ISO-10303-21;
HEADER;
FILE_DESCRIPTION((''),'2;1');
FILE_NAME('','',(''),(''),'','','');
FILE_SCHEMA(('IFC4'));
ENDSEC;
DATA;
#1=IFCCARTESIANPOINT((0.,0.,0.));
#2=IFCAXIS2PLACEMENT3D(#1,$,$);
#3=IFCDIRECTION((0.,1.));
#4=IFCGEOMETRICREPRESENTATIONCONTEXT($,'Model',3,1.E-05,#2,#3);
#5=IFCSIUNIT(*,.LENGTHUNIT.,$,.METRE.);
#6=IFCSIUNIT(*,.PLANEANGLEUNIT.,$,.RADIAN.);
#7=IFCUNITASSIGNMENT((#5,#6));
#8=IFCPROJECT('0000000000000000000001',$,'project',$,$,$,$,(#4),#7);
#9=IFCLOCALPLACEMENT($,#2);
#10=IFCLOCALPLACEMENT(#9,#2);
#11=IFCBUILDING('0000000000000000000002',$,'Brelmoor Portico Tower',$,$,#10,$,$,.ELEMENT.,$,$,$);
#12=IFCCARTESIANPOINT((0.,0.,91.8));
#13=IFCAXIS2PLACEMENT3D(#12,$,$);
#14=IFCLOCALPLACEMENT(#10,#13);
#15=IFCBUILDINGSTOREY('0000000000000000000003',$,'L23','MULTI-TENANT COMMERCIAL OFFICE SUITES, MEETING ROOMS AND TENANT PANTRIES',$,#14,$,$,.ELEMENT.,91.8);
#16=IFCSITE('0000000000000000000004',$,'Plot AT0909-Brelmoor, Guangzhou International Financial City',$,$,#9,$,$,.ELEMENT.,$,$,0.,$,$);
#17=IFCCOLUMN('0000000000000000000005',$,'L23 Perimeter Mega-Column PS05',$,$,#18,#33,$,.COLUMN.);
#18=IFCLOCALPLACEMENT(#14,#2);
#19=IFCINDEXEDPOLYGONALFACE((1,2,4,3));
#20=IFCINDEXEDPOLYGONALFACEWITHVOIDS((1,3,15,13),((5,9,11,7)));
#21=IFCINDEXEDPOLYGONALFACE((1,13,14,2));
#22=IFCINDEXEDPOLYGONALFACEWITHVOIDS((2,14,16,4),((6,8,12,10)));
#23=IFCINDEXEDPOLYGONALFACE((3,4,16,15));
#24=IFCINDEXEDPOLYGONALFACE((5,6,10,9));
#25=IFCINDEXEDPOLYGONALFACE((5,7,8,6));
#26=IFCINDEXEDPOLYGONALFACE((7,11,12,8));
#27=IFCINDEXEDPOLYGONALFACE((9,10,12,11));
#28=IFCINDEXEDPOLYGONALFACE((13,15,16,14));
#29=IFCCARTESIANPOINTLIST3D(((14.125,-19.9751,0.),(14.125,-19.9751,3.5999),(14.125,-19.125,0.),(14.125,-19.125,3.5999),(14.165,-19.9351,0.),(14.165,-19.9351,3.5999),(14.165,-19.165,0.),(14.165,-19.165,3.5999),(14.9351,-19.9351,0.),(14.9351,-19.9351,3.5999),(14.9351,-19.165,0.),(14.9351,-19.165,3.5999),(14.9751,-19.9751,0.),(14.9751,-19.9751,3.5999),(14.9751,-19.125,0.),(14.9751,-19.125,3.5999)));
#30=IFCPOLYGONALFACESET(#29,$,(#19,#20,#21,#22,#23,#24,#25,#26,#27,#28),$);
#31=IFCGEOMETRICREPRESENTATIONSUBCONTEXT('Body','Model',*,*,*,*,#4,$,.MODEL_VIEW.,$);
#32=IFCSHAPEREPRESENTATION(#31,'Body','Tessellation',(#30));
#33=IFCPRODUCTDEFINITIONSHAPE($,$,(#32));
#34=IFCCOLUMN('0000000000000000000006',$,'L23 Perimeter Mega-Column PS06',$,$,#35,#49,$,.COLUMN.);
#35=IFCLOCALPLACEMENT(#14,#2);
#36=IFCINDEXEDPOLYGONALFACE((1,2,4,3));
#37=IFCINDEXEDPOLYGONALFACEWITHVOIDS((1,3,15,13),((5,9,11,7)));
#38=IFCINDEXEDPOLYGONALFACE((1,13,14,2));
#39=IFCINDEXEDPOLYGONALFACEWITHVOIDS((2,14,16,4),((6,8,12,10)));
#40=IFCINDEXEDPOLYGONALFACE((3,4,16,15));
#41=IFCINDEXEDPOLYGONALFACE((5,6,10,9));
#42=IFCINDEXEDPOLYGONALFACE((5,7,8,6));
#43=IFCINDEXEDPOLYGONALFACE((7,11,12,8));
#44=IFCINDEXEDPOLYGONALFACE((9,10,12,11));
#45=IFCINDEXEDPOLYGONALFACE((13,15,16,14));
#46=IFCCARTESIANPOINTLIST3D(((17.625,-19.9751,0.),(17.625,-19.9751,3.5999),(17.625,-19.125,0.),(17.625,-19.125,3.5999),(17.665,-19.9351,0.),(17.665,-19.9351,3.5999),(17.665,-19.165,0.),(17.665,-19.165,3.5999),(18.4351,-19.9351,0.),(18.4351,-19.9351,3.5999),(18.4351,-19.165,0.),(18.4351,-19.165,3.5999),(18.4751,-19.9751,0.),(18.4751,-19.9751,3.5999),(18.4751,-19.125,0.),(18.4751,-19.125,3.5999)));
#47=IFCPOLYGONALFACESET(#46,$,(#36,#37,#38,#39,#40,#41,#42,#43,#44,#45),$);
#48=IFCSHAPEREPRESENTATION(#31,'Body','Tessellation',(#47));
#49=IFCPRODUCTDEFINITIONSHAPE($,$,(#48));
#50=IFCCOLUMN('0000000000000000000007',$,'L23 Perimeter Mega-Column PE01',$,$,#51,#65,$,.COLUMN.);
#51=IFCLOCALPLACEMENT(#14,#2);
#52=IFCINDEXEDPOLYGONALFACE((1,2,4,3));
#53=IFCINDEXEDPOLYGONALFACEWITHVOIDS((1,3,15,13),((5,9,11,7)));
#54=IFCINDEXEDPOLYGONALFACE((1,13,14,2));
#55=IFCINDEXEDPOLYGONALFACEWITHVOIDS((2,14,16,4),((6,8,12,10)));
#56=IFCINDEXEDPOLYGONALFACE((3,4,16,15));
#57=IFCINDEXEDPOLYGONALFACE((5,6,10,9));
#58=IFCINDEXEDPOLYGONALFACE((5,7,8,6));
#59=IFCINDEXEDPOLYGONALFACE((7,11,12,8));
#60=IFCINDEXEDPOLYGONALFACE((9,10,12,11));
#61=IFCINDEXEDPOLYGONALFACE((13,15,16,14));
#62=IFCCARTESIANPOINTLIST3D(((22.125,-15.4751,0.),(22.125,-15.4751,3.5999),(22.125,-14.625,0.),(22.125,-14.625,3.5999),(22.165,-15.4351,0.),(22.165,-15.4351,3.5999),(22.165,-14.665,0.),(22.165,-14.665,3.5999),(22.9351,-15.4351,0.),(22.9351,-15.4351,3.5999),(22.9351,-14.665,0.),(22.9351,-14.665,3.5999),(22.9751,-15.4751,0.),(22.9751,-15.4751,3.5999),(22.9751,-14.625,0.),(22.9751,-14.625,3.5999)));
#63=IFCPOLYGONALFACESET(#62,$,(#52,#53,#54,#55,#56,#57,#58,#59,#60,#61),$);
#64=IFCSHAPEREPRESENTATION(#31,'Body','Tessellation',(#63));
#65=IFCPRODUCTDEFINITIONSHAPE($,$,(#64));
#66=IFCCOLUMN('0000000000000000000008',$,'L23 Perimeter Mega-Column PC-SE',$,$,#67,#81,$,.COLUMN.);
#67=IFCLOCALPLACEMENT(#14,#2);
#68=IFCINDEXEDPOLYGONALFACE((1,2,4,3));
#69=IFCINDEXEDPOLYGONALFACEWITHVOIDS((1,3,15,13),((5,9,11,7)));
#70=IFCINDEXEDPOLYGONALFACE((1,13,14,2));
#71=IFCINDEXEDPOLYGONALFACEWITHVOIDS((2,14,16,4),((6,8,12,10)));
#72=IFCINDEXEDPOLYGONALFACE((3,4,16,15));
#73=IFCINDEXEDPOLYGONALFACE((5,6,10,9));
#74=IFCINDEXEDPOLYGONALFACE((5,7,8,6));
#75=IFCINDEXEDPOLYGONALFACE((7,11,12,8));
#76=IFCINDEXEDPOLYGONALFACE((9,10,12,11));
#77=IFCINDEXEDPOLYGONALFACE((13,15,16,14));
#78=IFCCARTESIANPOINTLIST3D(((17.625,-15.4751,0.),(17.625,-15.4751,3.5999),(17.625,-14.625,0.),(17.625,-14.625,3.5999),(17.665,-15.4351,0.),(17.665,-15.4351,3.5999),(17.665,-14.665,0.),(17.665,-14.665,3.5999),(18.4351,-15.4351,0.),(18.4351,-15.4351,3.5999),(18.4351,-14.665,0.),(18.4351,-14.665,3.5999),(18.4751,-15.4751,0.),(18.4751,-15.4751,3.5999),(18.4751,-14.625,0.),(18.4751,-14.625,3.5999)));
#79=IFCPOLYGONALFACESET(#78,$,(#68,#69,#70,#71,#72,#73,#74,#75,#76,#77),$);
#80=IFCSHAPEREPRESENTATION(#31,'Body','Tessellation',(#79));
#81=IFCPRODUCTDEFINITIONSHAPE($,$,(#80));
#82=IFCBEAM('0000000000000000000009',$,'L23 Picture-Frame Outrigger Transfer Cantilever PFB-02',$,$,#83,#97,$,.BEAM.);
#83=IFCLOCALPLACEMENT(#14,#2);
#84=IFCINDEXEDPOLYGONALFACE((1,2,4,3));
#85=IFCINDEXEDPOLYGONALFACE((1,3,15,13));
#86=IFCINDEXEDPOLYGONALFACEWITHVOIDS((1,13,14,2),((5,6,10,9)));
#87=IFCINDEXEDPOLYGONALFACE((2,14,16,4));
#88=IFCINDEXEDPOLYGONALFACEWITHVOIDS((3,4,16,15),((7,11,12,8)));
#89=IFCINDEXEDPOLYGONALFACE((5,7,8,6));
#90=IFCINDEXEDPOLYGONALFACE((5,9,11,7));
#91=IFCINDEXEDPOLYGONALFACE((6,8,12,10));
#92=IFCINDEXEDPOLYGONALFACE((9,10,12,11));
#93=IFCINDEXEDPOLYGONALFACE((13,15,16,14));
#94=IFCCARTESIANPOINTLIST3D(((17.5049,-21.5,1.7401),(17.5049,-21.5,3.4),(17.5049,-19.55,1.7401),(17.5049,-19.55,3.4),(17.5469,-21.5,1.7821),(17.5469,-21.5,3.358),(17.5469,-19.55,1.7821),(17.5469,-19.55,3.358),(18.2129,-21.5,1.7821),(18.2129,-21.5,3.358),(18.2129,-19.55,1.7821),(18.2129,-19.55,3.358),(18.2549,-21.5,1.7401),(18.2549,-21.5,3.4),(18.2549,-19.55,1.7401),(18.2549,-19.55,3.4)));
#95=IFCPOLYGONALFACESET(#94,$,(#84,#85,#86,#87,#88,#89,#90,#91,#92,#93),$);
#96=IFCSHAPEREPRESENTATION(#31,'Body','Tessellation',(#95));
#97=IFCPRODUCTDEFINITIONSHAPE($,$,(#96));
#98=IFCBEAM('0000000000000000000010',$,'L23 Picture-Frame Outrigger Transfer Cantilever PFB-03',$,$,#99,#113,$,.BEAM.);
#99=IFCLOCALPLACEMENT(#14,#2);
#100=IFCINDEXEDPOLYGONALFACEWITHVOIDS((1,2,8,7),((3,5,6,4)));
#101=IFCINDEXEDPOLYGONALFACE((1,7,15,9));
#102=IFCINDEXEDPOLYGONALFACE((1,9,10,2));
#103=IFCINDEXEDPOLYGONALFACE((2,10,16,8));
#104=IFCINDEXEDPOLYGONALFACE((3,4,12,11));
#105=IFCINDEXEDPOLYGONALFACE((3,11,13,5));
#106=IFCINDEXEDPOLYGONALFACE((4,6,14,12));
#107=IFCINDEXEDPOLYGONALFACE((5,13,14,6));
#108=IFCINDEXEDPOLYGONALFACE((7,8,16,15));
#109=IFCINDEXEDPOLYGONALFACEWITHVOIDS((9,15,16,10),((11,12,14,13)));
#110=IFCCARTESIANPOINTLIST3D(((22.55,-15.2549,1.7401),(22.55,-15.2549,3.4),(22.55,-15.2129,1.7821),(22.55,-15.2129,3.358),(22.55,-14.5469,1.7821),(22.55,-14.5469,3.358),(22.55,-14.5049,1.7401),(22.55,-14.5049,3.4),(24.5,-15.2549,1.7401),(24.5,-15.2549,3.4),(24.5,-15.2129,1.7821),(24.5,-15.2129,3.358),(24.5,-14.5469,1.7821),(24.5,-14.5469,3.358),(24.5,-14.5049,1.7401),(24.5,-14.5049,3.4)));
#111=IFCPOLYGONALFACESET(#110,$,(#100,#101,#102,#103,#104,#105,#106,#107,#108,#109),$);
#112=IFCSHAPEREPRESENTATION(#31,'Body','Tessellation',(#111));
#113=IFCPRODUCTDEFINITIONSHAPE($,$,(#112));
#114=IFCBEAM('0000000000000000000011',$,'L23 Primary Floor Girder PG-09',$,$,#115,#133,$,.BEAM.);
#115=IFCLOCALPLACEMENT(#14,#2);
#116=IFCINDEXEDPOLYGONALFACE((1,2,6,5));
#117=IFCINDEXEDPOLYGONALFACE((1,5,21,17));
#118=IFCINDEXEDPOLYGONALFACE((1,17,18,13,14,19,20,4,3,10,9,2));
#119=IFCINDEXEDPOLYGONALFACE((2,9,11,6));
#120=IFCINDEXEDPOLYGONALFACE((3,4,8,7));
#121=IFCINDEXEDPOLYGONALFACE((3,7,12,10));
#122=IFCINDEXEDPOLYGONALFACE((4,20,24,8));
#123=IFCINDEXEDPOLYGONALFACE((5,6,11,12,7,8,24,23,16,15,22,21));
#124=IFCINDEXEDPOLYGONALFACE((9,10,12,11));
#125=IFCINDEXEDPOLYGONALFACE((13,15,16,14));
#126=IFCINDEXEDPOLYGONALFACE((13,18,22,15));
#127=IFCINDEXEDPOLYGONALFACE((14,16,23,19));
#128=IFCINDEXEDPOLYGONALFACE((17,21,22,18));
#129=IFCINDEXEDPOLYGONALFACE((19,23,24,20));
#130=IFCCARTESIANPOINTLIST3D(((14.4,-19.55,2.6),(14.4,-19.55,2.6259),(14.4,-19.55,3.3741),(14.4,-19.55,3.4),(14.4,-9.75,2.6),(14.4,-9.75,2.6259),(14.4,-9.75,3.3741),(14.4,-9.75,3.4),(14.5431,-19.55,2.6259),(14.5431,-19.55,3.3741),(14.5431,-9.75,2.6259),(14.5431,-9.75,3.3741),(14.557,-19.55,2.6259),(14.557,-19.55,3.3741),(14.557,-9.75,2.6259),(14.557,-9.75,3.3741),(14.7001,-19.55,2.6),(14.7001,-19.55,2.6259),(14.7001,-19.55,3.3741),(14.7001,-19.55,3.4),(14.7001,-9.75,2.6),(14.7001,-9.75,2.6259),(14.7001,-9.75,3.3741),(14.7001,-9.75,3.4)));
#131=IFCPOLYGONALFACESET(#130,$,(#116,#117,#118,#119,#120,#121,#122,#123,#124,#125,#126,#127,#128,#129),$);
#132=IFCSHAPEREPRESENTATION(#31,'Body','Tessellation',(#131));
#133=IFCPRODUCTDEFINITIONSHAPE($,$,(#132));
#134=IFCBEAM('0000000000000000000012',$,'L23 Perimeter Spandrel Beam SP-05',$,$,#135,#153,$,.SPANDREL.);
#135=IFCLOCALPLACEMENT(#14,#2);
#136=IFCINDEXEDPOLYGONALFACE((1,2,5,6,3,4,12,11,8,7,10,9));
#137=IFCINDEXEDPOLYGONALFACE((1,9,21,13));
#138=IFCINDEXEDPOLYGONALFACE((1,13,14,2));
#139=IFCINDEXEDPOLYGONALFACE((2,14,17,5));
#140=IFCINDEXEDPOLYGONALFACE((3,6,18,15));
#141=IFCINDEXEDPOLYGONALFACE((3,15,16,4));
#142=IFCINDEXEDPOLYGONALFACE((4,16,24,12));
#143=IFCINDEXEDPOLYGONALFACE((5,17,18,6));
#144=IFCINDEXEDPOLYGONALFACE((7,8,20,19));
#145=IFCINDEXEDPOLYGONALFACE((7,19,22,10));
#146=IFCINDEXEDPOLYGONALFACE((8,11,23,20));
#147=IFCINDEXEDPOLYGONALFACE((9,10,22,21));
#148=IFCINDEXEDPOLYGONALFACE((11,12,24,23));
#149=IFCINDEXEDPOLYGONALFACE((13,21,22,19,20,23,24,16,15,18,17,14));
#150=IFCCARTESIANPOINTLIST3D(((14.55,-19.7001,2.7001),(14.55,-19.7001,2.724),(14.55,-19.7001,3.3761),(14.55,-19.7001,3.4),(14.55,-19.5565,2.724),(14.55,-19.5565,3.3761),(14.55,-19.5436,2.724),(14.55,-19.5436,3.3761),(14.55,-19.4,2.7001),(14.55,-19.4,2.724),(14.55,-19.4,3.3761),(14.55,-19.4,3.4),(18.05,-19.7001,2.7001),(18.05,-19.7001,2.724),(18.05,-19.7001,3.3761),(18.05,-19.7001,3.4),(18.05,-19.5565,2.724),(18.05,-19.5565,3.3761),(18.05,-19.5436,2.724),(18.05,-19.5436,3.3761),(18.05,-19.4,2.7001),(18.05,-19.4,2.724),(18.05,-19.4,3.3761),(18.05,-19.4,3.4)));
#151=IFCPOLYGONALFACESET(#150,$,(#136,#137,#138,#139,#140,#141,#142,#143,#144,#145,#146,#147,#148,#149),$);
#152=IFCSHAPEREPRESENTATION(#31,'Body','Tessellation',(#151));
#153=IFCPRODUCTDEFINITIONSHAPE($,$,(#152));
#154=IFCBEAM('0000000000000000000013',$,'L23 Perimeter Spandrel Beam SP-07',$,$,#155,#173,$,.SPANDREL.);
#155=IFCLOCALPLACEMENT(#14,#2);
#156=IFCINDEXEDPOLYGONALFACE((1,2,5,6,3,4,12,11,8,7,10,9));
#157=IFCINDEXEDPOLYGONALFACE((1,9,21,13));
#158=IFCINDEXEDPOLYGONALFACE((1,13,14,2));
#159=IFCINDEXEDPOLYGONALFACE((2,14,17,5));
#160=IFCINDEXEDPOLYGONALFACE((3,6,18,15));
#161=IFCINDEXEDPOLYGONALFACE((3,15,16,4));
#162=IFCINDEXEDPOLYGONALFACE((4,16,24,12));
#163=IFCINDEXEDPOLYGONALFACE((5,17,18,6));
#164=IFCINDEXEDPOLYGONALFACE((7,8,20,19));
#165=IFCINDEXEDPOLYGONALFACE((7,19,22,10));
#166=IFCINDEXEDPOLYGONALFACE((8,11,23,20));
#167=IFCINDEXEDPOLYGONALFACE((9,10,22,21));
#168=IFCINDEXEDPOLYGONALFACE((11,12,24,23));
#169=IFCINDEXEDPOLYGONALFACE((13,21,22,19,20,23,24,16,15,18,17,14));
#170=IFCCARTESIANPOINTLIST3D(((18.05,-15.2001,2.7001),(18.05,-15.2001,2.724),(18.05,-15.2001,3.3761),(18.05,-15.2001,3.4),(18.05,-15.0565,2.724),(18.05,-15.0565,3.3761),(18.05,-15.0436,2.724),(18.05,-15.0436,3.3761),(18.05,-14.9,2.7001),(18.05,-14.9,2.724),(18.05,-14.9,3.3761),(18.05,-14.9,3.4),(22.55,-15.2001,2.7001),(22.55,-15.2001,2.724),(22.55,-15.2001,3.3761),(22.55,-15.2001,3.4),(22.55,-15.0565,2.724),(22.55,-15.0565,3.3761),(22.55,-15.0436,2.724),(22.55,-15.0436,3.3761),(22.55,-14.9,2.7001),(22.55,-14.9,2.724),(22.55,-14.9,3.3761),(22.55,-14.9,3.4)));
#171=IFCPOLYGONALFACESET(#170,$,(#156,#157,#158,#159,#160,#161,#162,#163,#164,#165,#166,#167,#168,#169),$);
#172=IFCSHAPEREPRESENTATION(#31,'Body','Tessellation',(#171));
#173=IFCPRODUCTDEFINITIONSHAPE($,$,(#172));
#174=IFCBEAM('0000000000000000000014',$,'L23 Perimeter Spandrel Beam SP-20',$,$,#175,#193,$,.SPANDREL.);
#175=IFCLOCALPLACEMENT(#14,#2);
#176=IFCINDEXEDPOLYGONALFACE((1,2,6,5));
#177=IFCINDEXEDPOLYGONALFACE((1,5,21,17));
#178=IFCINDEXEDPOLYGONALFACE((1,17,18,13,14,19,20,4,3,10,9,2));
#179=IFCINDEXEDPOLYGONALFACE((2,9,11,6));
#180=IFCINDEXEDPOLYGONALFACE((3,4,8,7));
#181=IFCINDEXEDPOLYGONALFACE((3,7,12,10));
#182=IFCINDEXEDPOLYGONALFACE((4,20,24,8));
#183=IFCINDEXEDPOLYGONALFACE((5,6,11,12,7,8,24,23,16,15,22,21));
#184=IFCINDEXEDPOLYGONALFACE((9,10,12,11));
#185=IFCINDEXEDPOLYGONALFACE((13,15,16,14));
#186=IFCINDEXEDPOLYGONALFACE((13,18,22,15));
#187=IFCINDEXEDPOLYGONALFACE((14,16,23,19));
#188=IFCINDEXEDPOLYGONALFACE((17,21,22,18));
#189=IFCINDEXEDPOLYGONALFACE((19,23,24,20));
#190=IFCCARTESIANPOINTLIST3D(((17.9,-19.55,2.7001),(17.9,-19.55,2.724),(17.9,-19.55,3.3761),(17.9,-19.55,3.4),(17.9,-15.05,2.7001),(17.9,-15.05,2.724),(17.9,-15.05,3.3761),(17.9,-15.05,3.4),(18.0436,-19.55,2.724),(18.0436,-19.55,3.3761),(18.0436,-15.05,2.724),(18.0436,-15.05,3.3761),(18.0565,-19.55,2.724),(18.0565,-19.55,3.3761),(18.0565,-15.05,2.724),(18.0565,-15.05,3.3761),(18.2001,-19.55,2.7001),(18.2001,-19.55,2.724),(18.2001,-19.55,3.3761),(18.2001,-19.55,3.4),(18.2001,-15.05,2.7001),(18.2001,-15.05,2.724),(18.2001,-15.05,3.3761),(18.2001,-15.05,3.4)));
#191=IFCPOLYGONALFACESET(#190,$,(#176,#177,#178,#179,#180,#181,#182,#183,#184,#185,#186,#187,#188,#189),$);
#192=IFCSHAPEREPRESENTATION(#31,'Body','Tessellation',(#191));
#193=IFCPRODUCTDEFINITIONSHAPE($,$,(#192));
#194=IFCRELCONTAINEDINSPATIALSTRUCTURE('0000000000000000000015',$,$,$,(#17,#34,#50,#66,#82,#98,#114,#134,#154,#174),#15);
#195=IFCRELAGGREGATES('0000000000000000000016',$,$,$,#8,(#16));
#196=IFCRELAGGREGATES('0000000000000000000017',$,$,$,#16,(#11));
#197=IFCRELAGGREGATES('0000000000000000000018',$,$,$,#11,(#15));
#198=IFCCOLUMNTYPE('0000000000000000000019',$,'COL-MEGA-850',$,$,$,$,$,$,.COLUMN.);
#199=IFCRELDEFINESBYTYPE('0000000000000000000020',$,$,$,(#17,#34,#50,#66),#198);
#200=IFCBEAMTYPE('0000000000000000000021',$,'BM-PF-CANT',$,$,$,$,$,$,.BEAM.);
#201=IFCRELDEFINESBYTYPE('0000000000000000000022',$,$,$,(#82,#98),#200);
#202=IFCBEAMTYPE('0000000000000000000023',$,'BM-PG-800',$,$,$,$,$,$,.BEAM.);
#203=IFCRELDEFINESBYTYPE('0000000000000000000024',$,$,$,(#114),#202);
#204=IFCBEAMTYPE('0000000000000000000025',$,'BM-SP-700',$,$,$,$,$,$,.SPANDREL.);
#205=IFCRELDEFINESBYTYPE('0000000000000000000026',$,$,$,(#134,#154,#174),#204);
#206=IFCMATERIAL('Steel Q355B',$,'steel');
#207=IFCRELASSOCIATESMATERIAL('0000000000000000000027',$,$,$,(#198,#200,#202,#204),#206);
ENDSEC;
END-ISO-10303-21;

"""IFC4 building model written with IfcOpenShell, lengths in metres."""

from ifc_helpers import new_model, si_unit, direction, frame, origin, origin_2d, place, context, subcontext, project, spatial, hollow_rectangle, i_section, extrude, material, material_profile, profile_set, type_object, element, save


model = new_model("IFC4")

# Units and contexts
model_context = context("Model", 3, precision=1e-05, world=origin(), true_north=direction((0.0, 1.0)))
body_context = subcontext(model_context, "Body", "Model", "MODEL_VIEW")
ifc_project = project(units=[si_unit("LENGTHUNIT", "METRE"), si_unit("PLANEANGLEUNIT", "RADIAN")], contexts=[model_context])

# Site, building, storey
site_placement = place(None, origin())
site = spatial("IfcSite", under=ifc_project, at=site_placement, Name="Plot AT0909-Brelmoor, Guangzhou International Financial City", CompositionType="ELEMENT", RefElevation=0.0)
building_placement = place(site_placement, origin())
building = spatial("IfcBuilding", under=site, at=building_placement, Name="Brelmoor Portico Tower", CompositionType="ELEMENT")
storey_placement = place(building_placement, frame((0.0, 0.0, 91.8)))
storey = spatial("IfcBuildingStorey", under=building, at=storey_placement, Name="L23", Description="MULTI-TENANT COMMERCIAL OFFICE SUITES, MEETING ROOMS AND TENANT PANTRIES", CompositionType="ELEMENT", Elevation=91.8)

# Columns
ifc_material_1 = material(Name="Steel Q355B", Category="steel")
ifc_material_profile_1 = material_profile(ifc_material_1, hollow_rectangle(XDim=0.8501, YDim=0.8501, WallThickness=0.04, at=origin_2d()), Name="BOX 850x850x40")
ifc_profile_set_1 = profile_set([ifc_material_profile_1], Name="Steel Q355B")
column_type = type_object("IfcColumnType", Name="COL-MEGA-850", PredefinedType="COLUMN", material=ifc_profile_set_1)
for number, where, z_axis, x_axis, name in (
    (1, (14.55, -19.55, 0.0), (0.0, 0.0, 1.0), (1.0, 0.0, 0.0), "L23 Perimeter Mega-Column PS05"),
    (2, (18.05, -19.55, 0.0), (0.0, 0.0, 1.0), (1.0, 0.0, 0.0), "L23 Perimeter Mega-Column PS06"),
    (3, (22.55, -15.05, 0.0), (0.0, 0.0, 1.0), (0.0, 1.0, 0.0), "L23 Perimeter Mega-Column PE01"),
    (4, (18.05, -15.05, 0.0), (0.0, 0.0, 1.0), (1.0, 0.0, 0.0), "L23 Perimeter Mega-Column PC-SE"),
):
    element("IfcColumn", number, at=place(storey_placement, frame(where, z_axis=z_axis, x_axis=x_axis)), inside=storey, type_object=column_type, Name=name, PredefinedType="COLUMN", context=body_context, shape_type="SweptSolid", body=[
        extrude(hollow_rectangle(XDim=0.8501, YDim=0.8501, WallThickness=0.04, at=origin_2d()), origin(), (0.0, 0.0, 1.0), 3.5999),
    ])

# Beams
ifc_material_profile_2 = material_profile(ifc_material_1, hollow_rectangle(XDim=0.75, YDim=1.6599, WallThickness=0.042, at=origin_2d()), Name="BOX 750x1660x42")
ifc_profile_set_2 = profile_set([ifc_material_profile_2], Name="Steel Q355B")
beam_type_1 = type_object("IfcBeamType", Name="BM-PF-CANT", PredefinedType="BEAM", material=ifc_profile_set_2)
for number, where, z_axis, x_axis, name in (
    (5, (17.8799, -21.5, 2.5701), (0.0, 1.0, 0.0), (-1.0, 0.0, 0.0), "L23 Picture-Frame Outrigger Transfer Cantilever PFB-02"),
    (6, (22.55, -14.8799, 2.5701), (1.0, 0.0, 0.0), (0.0, 1.0, 0.0), "L23 Picture-Frame Outrigger Transfer Cantilever PFB-03"),
):
    element("IfcBeam", number, at=place(storey_placement, frame(where, z_axis=z_axis, x_axis=x_axis)), inside=storey, type_object=beam_type_1, Name=name, PredefinedType="BEAM", context=body_context, shape_type="SweptSolid", body=[
        extrude(hollow_rectangle(XDim=0.75, YDim=1.6599, WallThickness=0.042, at=origin_2d()), origin(), (0.0, 0.0, 1.0), 1.95),
    ])
ifc_material_profile_3 = material_profile(ifc_material_1, i_section(OverallWidth=0.3, OverallDepth=0.8, WebThickness=0.0139, FlangeThickness=0.0259, at=origin_2d()), Name="HN 800x300x14x26")
ifc_profile_set_3 = profile_set([ifc_material_profile_3], Name="Steel Q355B")
beam_type_2 = type_object("IfcBeamType", Name="BM-PG-800", PredefinedType="BEAM", material=ifc_profile_set_3)
beam_1_placement = place(storey_placement, frame((14.55, -19.55, 3.0), z_axis=(0.0, 1.0, 0.0), x_axis=(-1.0, 0.0, 0.0)))
element("IfcBeam", 7, at=beam_1_placement, inside=storey, type_object=beam_type_2, Name="L23 Primary Floor Girder PG-09", PredefinedType="BEAM", context=body_context, shape_type="SweptSolid", body=[
    extrude(i_section(OverallWidth=0.3, OverallDepth=0.8, WebThickness=0.0139, FlangeThickness=0.0259, at=origin_2d()), origin(), (0.0, 0.0, 1.0), 9.8),
])
ifc_material_profile_4 = material_profile(ifc_material_1, i_section(OverallWidth=0.3, OverallDepth=0.7, WebThickness=0.0129, FlangeThickness=0.0239, at=origin_2d()), Name="HN 700x300x13x24")
ifc_profile_set_4 = profile_set([ifc_material_profile_4], Name="Steel Q355B")
beam_type_3 = type_object("IfcBeamType", Name="BM-SP-700", PredefinedType="SPANDREL", material=ifc_profile_set_4)
beam_2_placement = place(storey_placement, frame((14.55, -19.55, 3.05), z_axis=(1.0, 0.0, 0.0), x_axis=(0.0, 1.0, 0.0)))
element("IfcBeam", 8, at=beam_2_placement, inside=storey, type_object=beam_type_3, Name="L23 Perimeter Spandrel Beam SP-05", PredefinedType="SPANDREL", context=body_context, shape_type="SweptSolid", body=[
    extrude(i_section(OverallWidth=0.3, OverallDepth=0.7, WebThickness=0.0129, FlangeThickness=0.0239, at=origin_2d()), origin(), (0.0, 0.0, 1.0), 3.5),
])
for number, where, z_axis, x_axis, name in (
    (9, (18.05, -15.05, 3.05), (1.0, 0.0, 0.0), (0.0, 1.0, 0.0), "L23 Perimeter Spandrel Beam SP-07"),
    (10, (18.05, -19.55, 3.05), (0.0, 1.0, 0.0), (-1.0, 0.0, 0.0), "L23 Perimeter Spandrel Beam SP-20"),
):
    element("IfcBeam", number, at=place(storey_placement, frame(where, z_axis=z_axis, x_axis=x_axis)), inside=storey, type_object=beam_type_3, Name=name, PredefinedType="SPANDREL", context=body_context, shape_type="SweptSolid", body=[
        extrude(i_section(OverallWidth=0.3, OverallDepth=0.7, WebThickness=0.0129, FlangeThickness=0.0239, at=origin_2d()), origin(), (0.0, 0.0, 1.0), 4.5),
    ])

save(model, "model.ifc")
